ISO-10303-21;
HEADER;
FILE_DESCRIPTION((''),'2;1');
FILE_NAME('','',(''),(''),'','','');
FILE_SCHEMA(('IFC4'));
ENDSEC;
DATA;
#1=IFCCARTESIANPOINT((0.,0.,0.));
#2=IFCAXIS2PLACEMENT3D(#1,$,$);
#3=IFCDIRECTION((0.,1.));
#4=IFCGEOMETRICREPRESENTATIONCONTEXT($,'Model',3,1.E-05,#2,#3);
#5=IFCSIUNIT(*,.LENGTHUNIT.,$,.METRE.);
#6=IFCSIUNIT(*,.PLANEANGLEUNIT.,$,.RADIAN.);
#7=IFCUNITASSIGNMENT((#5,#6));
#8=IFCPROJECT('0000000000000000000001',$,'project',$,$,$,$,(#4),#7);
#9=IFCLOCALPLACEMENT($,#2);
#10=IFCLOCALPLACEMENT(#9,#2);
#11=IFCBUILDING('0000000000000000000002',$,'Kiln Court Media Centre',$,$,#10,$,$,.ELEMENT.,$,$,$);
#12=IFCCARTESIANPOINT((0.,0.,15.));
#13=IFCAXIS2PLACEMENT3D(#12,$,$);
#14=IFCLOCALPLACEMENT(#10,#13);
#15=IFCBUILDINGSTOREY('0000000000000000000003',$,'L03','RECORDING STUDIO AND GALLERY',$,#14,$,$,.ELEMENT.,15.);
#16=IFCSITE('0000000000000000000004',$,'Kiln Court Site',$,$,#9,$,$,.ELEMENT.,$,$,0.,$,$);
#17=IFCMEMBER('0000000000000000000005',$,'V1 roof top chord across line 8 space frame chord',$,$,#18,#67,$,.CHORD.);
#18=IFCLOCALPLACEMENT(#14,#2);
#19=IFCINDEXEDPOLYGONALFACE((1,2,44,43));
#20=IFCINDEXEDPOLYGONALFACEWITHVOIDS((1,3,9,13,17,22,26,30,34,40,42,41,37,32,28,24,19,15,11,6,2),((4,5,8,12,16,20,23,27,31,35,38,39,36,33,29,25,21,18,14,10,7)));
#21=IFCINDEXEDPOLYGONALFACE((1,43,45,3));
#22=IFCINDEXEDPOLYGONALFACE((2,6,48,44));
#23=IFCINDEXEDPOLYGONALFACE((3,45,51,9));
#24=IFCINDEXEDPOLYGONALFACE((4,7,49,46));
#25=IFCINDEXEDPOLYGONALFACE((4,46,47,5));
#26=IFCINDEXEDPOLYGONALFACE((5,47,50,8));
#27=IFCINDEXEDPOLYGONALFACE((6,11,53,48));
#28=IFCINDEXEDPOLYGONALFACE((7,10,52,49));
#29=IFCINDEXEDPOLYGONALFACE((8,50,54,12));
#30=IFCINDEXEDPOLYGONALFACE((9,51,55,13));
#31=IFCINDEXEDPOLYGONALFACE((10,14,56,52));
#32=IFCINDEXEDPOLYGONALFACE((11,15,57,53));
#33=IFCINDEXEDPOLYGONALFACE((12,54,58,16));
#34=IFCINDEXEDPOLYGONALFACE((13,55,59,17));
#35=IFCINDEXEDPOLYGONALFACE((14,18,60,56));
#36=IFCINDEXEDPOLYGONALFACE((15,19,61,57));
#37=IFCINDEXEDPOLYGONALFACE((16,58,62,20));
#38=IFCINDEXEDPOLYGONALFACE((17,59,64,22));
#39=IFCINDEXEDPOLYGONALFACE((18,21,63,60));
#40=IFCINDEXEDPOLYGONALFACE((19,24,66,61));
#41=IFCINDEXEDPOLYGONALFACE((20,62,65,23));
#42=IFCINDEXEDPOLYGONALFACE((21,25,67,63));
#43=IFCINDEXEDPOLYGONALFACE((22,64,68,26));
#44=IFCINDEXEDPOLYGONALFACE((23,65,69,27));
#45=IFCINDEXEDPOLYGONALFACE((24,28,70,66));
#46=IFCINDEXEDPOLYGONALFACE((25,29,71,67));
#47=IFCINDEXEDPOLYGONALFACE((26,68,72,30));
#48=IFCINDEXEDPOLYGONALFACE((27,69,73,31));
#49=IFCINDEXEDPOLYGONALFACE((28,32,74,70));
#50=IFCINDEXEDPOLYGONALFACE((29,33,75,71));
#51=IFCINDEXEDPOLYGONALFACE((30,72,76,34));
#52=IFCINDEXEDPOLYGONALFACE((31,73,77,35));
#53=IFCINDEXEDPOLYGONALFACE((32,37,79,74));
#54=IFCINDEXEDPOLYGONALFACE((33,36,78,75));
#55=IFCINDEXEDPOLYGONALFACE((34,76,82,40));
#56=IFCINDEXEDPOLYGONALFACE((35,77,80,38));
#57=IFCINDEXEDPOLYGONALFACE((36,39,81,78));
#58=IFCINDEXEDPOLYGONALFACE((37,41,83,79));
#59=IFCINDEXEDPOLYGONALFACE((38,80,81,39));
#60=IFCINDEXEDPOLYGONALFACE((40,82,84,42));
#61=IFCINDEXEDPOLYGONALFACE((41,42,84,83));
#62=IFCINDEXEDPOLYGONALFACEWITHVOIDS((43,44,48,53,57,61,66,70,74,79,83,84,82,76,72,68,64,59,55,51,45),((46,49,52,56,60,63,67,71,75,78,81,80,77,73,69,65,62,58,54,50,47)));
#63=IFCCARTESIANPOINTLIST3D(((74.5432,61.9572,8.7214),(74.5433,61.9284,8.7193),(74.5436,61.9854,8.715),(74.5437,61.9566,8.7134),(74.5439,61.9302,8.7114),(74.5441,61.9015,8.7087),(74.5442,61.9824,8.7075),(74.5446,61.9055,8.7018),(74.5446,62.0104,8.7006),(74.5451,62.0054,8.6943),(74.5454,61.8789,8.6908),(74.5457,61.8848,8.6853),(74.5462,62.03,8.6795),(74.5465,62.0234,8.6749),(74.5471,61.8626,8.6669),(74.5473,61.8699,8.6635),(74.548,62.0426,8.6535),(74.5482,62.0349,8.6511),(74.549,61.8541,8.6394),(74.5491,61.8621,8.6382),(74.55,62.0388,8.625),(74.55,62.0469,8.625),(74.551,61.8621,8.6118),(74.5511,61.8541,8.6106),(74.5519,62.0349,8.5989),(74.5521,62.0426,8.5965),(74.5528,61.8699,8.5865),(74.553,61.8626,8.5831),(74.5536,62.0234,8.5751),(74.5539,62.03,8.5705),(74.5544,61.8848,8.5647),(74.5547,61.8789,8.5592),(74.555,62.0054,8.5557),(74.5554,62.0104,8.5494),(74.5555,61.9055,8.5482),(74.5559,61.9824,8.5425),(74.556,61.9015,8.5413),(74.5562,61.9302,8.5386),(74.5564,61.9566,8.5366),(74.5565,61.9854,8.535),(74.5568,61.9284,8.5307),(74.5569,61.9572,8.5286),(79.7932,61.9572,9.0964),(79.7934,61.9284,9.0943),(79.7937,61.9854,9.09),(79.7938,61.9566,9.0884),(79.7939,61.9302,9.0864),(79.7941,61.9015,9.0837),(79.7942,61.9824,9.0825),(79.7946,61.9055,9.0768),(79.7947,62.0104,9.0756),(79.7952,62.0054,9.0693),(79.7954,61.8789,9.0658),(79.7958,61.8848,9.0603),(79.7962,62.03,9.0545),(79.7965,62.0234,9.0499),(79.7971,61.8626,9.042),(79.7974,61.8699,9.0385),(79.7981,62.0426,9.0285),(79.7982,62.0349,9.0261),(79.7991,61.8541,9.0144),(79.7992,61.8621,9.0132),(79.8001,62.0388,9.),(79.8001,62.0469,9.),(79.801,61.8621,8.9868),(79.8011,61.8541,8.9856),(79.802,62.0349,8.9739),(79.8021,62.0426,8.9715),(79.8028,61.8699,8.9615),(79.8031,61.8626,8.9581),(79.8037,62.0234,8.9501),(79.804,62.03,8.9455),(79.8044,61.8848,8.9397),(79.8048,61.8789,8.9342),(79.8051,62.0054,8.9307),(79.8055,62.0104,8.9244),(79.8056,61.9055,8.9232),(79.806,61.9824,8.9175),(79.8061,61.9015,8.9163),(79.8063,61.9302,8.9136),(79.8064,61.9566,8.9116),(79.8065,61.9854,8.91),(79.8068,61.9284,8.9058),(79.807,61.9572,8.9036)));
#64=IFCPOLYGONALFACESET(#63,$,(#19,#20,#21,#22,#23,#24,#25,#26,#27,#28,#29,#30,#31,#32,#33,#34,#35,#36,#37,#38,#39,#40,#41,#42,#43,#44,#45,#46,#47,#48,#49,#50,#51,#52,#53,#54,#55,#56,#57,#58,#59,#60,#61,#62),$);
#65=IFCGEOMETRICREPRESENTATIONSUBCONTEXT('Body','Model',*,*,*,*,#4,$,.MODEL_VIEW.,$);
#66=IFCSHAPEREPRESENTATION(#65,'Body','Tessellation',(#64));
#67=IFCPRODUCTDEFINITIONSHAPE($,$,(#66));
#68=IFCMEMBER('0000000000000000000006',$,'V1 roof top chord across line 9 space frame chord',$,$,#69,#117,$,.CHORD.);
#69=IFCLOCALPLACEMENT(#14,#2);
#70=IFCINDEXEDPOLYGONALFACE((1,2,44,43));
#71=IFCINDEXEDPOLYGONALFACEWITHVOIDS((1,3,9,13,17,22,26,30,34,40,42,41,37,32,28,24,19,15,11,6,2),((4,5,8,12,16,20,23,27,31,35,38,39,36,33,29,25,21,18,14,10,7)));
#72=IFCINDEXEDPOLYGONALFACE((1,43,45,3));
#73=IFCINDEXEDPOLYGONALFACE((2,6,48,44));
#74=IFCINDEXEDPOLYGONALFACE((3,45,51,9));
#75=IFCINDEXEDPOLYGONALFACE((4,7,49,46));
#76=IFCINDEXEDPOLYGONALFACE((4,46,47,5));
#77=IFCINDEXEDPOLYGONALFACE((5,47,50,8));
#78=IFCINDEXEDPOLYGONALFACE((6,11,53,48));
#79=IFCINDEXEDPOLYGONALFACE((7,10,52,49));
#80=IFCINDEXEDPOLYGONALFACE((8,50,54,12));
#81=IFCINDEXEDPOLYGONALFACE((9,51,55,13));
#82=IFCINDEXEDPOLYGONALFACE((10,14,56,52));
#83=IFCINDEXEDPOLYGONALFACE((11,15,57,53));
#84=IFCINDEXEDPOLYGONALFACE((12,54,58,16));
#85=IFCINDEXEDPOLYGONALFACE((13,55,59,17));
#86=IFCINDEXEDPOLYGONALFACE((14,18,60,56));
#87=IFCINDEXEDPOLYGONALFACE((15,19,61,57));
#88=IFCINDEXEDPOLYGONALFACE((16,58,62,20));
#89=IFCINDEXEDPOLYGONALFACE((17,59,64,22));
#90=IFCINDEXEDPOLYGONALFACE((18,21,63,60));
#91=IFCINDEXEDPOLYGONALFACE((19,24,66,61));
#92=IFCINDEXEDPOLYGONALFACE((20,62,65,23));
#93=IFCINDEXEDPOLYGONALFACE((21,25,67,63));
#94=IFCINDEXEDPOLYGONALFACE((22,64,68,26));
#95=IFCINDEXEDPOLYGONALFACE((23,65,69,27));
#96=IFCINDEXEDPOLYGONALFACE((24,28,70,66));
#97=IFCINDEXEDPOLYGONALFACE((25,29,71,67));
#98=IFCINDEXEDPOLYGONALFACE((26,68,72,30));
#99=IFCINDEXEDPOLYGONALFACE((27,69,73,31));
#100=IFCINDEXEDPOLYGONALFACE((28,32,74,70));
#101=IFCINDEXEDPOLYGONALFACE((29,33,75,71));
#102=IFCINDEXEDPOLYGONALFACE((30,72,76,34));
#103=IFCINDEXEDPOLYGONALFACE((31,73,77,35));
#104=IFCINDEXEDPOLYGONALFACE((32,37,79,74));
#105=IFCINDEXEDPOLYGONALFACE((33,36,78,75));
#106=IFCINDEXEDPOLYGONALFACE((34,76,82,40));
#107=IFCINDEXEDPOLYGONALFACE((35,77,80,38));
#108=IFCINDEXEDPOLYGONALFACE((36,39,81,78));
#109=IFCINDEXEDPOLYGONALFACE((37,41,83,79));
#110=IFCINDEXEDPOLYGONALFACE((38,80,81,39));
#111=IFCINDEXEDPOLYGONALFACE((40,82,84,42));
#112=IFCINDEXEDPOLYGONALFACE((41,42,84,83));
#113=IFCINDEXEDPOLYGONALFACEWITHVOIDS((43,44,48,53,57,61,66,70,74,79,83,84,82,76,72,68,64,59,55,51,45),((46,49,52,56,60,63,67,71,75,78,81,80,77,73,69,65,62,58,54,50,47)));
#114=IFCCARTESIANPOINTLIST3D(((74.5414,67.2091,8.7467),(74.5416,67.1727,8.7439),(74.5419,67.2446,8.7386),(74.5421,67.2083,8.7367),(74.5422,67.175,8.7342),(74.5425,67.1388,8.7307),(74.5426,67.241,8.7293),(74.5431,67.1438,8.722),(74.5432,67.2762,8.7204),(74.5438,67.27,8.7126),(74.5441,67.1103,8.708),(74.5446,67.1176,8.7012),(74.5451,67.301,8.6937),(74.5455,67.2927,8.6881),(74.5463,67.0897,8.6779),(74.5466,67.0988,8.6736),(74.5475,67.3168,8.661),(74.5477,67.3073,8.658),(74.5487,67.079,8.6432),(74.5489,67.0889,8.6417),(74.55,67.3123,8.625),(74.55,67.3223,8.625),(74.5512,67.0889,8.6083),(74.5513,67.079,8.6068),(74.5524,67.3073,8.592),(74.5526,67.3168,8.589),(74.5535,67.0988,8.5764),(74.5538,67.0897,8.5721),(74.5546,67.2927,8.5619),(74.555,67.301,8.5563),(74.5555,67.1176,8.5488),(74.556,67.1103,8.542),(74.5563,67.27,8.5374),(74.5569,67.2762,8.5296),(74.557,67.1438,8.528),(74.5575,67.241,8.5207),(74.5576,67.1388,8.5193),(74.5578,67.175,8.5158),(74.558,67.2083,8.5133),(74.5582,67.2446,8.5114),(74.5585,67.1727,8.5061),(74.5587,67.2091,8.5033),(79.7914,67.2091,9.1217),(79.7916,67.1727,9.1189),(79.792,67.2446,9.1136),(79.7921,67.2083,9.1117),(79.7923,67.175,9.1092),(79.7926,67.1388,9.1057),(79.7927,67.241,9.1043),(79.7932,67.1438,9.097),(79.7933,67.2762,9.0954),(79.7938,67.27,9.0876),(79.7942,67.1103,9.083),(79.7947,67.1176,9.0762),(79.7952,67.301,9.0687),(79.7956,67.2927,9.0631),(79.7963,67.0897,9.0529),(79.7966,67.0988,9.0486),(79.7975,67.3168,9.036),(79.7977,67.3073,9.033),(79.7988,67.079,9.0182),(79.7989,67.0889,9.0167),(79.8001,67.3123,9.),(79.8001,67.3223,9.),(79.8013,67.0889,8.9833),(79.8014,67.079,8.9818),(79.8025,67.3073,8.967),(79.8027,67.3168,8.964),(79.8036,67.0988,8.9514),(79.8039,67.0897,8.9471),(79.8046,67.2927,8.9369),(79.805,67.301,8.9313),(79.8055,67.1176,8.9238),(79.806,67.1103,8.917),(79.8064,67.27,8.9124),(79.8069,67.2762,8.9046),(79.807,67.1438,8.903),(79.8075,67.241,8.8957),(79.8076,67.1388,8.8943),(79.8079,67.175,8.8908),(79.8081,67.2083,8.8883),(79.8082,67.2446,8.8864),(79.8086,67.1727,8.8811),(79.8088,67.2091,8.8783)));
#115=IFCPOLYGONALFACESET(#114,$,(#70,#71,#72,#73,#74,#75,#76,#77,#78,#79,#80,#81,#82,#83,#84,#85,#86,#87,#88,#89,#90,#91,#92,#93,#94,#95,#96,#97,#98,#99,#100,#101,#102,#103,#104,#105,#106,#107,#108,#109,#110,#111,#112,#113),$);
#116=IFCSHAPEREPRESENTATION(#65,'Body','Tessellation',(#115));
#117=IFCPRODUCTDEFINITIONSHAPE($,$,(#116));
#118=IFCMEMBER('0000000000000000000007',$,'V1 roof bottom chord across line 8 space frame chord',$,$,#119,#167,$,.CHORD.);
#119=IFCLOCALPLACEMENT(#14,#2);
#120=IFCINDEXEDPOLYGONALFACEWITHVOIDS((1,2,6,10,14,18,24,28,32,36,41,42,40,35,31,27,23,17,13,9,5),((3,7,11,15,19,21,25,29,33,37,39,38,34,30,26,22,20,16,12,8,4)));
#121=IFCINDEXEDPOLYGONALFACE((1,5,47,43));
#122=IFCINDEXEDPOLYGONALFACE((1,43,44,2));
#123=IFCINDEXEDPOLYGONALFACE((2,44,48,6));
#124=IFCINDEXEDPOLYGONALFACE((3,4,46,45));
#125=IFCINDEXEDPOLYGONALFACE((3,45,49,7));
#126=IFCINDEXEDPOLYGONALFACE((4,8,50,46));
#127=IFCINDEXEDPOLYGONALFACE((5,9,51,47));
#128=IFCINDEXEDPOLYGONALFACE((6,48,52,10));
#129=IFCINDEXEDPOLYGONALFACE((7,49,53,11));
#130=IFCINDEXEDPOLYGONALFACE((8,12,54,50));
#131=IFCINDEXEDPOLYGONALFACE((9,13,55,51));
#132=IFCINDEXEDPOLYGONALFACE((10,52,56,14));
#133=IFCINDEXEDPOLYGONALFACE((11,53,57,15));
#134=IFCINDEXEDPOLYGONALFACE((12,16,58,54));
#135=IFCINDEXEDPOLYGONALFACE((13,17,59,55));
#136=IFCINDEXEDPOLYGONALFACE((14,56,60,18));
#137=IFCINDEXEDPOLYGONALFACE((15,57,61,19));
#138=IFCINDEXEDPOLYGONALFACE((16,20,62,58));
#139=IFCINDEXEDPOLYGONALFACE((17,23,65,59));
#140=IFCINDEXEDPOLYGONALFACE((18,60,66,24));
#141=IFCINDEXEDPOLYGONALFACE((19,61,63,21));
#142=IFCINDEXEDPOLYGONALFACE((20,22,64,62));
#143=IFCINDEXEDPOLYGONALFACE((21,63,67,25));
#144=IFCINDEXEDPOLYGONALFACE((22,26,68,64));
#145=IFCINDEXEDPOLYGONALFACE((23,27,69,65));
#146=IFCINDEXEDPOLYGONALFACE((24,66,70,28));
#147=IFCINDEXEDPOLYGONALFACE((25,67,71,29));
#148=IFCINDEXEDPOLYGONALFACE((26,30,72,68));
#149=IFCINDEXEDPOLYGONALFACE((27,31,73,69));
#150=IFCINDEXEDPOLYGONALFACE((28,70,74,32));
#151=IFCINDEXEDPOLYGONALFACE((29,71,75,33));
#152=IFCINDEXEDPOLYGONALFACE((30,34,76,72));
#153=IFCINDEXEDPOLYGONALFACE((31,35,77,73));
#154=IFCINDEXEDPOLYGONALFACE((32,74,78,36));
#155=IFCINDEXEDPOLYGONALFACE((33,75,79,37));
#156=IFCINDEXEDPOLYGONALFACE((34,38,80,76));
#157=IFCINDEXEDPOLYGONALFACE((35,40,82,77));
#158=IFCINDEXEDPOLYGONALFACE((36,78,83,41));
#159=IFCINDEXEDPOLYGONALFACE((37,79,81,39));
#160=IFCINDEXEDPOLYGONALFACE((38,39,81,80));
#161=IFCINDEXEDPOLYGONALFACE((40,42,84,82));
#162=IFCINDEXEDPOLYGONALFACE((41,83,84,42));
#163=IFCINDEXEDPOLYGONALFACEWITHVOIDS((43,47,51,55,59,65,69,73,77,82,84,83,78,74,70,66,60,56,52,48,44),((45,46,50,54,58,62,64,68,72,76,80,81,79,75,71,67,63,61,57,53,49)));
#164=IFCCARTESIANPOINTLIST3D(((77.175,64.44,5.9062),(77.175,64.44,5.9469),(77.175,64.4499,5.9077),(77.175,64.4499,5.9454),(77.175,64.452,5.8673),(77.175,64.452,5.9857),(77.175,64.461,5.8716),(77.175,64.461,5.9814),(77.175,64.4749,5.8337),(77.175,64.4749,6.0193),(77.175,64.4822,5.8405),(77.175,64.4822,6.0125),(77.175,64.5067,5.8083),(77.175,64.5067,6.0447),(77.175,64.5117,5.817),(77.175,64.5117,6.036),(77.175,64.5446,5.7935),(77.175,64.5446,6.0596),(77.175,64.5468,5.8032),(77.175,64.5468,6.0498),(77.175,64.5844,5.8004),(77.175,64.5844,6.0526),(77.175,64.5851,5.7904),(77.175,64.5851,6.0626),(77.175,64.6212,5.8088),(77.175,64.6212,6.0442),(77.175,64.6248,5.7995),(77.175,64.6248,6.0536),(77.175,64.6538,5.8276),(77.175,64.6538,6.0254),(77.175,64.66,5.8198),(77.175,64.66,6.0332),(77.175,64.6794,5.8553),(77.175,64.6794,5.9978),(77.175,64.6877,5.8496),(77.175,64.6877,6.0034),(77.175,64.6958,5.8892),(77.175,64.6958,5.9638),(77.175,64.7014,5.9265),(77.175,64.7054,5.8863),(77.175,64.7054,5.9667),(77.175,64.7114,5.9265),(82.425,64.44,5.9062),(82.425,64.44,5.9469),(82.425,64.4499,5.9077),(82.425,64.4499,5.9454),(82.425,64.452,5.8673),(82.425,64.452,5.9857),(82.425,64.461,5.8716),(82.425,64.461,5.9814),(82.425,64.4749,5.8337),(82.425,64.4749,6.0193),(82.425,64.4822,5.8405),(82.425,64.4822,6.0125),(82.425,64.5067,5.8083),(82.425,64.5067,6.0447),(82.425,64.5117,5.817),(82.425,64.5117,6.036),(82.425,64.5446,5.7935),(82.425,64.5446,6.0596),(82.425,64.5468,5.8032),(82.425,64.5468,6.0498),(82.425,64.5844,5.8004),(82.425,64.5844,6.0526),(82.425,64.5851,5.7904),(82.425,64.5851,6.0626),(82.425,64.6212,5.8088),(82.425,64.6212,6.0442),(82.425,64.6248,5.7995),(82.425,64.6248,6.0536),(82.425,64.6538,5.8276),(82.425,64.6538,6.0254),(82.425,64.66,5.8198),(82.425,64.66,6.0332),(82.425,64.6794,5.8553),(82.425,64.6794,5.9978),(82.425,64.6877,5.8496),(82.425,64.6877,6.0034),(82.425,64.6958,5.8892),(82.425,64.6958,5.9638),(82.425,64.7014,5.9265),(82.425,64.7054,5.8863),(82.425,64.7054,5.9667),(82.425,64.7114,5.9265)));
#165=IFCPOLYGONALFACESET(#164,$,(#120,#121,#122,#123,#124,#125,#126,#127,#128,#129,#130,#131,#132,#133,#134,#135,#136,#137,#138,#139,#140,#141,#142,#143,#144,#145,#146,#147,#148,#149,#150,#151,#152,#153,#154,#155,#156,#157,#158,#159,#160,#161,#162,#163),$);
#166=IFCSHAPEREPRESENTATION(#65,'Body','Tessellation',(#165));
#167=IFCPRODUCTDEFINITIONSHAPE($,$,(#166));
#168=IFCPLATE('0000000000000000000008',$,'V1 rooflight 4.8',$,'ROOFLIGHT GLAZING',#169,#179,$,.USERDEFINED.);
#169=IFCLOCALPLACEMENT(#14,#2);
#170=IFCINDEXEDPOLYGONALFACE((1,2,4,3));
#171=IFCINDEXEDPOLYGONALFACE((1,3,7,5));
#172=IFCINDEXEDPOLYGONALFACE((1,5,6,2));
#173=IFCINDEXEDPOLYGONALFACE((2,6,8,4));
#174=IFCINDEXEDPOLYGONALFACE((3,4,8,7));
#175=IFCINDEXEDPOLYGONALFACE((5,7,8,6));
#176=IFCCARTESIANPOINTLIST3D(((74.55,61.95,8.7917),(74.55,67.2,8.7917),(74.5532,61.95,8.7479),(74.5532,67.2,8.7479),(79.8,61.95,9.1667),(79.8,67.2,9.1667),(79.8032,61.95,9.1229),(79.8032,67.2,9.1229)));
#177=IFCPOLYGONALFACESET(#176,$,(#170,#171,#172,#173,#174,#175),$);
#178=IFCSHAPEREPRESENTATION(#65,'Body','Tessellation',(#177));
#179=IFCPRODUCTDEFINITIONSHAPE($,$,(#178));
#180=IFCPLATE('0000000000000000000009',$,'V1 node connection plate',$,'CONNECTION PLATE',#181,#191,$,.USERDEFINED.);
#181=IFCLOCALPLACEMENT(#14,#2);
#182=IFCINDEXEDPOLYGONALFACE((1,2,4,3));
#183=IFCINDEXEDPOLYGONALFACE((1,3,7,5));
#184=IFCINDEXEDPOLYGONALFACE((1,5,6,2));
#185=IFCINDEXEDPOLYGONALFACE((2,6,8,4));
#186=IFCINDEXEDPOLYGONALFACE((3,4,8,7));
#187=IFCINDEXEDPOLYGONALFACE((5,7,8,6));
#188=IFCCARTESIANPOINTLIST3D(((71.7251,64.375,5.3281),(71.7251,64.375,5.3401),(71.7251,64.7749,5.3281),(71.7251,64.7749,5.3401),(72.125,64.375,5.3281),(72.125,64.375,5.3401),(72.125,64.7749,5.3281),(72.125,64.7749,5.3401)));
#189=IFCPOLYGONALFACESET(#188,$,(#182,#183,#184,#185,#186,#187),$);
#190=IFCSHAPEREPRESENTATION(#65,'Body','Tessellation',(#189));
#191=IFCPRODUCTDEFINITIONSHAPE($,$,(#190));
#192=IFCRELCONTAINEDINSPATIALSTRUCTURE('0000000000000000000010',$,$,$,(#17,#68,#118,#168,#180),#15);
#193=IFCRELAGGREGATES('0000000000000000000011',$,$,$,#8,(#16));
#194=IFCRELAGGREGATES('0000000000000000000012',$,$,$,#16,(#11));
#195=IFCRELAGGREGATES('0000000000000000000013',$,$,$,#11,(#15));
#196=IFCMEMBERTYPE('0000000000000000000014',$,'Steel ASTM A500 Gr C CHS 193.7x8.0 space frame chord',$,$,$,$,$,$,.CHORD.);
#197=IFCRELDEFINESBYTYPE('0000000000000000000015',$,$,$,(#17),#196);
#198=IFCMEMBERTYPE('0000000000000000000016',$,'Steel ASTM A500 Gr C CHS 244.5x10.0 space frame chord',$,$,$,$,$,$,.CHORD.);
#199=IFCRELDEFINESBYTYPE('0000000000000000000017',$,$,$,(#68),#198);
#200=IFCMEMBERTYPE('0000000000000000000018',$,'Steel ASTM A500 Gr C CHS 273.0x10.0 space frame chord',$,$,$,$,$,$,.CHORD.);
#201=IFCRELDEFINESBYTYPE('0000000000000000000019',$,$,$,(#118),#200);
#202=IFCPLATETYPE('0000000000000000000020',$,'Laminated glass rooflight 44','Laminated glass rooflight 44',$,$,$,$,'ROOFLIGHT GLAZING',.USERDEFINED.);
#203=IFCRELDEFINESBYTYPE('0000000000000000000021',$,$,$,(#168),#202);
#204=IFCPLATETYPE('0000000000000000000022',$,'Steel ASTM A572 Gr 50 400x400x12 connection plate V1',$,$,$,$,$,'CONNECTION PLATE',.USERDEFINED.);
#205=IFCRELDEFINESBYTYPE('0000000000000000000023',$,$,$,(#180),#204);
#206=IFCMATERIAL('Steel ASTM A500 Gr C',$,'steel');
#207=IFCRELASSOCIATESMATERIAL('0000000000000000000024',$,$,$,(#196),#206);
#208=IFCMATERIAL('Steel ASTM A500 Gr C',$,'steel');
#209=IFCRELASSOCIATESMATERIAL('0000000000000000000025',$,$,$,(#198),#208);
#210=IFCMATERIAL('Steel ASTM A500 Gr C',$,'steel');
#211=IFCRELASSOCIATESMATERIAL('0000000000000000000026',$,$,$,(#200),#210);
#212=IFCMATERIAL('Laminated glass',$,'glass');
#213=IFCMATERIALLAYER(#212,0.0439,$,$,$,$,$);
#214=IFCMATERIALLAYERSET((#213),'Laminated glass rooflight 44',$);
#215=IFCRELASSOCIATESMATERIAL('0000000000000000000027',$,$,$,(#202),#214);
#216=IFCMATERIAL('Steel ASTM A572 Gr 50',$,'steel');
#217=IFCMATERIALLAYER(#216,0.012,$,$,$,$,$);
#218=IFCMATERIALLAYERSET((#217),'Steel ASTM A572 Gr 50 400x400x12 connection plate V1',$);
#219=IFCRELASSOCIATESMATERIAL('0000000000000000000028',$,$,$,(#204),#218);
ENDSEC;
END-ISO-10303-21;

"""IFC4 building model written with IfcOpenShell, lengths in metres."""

from ifc_helpers import new_model, si_unit, direction, frame, origin, origin_2d, place, context, subcontext, project, spatial, polyline, rectangle, hollow_circle, outline, extrude, material, layer, layer_set, material_profile, profile_set, type_object, element, save


model = new_model("IFC4")

# Units and contexts
model_context = context("Model", 3, precision=1e-05, world=origin(), true_north=direction((0.0, 1.0)))
body_context = subcontext(model_context, "Body", "Model", "MODEL_VIEW")
ifc_project = project(units=[si_unit("LENGTHUNIT", "METRE"), si_unit("PLANEANGLEUNIT", "RADIAN")], contexts=[model_context])

# Site, building, storey
site_placement = place(None, origin())
site = spatial("IfcSite", under=ifc_project, at=site_placement, Name="Kiln Court Site", CompositionType="ELEMENT", RefElevation=0.0)
building_placement = place(site_placement, origin())
building = spatial("IfcBuilding", under=site, at=building_placement, Name="Kiln Court Media Centre", CompositionType="ELEMENT")
storey_placement = place(building_placement, frame((0.0, 0.0, 15.0)))
storey = spatial("IfcBuildingStorey", under=building, at=storey_placement, Name="L03", Description="RECORDING STUDIO AND GALLERY", CompositionType="ELEMENT", Elevation=15.0)

# Members
ifc_material_1 = material(Name="Steel ASTM A500 Gr C", Category="steel")
ifc_material_profile_1 = material_profile(ifc_material_1, hollow_circle(Radius=0.0969, WallThickness=0.0081, at=origin_2d()), Name="CHS 193.7x8.0")
ifc_profile_set_1 = profile_set([ifc_material_profile_1], Name="Steel ASTM A500 Gr C")
member_type_1 = type_object("IfcMemberType", Name="Steel ASTM A500 Gr C CHS 193.7x8.0 space frame chord", PredefinedType="CHORD", material=ifc_profile_set_1)
member_1_placement = place(storey_placement, frame((74.55, 61.95, 8.625), z_axis=(0.997459, 0.0, 0.071247), x_axis=(0.0, 1.0, 0.0)))
element("IfcMember", 1, at=member_1_placement, inside=storey, type_object=member_type_1, Name="V1 roof top chord across line 8 space frame chord", PredefinedType="CHORD", context=body_context, shape_type="SweptSolid", body=[
    extrude(hollow_circle(Radius=0.0969, WallThickness=0.0081, at=origin_2d()), origin(), (0.0, 0.0, 1.0), 5.2634),
])
ifc_material_2 = material(Name="Steel ASTM A500 Gr C", Category="steel")
ifc_material_profile_2 = material_profile(ifc_material_2, hollow_circle(Radius=0.1223, WallThickness=0.01, at=origin_2d()), Name="CHS 244.5x10.0")
ifc_profile_set_2 = profile_set([ifc_material_profile_2], Name="Steel ASTM A500 Gr C")
member_type_2 = type_object("IfcMemberType", Name="Steel ASTM A500 Gr C CHS 244.5x10.0 space frame chord", PredefinedType="CHORD", material=ifc_profile_set_2)
member_2_placement = place(storey_placement, frame((74.55, 67.2, 8.625), z_axis=(0.997459, 0.0, 0.071247), x_axis=(0.0, 1.0, 0.0)))
element("IfcMember", 2, at=member_2_placement, inside=storey, type_object=member_type_2, Name="V1 roof top chord across line 9 space frame chord", PredefinedType="CHORD", context=body_context, shape_type="SweptSolid", body=[
    extrude(hollow_circle(Radius=0.1223, WallThickness=0.01, at=origin_2d()), origin(), (0.0, 0.0, 1.0), 5.2634),
])
ifc_material_3 = material(Name="Steel ASTM A500 Gr C", Category="steel")
ifc_material_profile_3 = material_profile(ifc_material_3, hollow_circle(Radius=0.1365, WallThickness=0.01, at=origin_2d()), Name="CHS 273.0x10.0")
ifc_profile_set_3 = profile_set([ifc_material_profile_3], Name="Steel ASTM A500 Gr C")
member_type_3 = type_object("IfcMemberType", Name="Steel ASTM A500 Gr C CHS 273.0x10.0 space frame chord", PredefinedType="CHORD", material=ifc_profile_set_3)
member_3_placement = place(storey_placement, frame((77.175, 64.575, 5.9265), z_axis=(1.0, 0.0, 0.0), x_axis=(0.0, 1.0, 0.0)))
element("IfcMember", 3, at=member_3_placement, inside=storey, type_object=member_type_3, Name="V1 roof bottom chord across line 8 space frame chord", PredefinedType="CHORD", context=body_context, shape_type="SweptSolid", body=[
    extrude(hollow_circle(Radius=0.1365, WallThickness=0.01, at=origin_2d()), origin(), (0.0, 0.0, 1.0), 5.25),
])

# Plates
ifc_material_4 = material(Name="Laminated glass", Category="glass")
ifc_layer_1 = layer(ifc_material_4, 0.0439)
ifc_layer_set_1 = layer_set([ifc_layer_1], Name="Laminated glass rooflight 44")
plate_type_1 = type_object("IfcPlateType", Name="Laminated glass rooflight 44", Description="Laminated glass rooflight 44", ElementType="ROOFLIGHT GLAZING", PredefinedType="USERDEFINED", material=ifc_layer_set_1)
plate_placement = place(storey_placement, frame((74.55, 61.95, 8.7917), z_axis=(-0.071247, 0.0, 0.997459), x_axis=(0.997459, 0.0, 0.071247)))
element("IfcPlate", 4, at=plate_placement, inside=storey, type_object=plate_type_1, Name="V1 rooflight 4.8", ObjectType="ROOFLIGHT GLAZING", PredefinedType="USERDEFINED", context=body_context, shape_type="SweptSolid", body=[
    extrude(outline(polyline([(0.0, 0.0), (5.2634, 0.0), (5.2634, 5.25), (0.0, 5.25), (0.0, 0.0)])), origin(), (0.0, 0.0, -1.0), 0.0439),
])
ifc_material_5 = material(Name="Steel ASTM A572 Gr 50", Category="steel")
ifc_layer_2 = layer(ifc_material_5, 0.012)
ifc_layer_set_2 = layer_set([ifc_layer_2], Name="Steel ASTM A572 Gr 50 400x400x12 connection plate V1")
plate_type_2 = type_object("IfcPlateType", Name="Steel ASTM A572 Gr 50 400x400x12 connection plate V1", ElementType="CONNECTION PLATE", PredefinedType="USERDEFINED", material=ifc_layer_set_2)
for number, where, z_axis, x_axis, name in (
    (5, (71.925, 64.575, 5.3281), (0.0, 0.0, 1.0), (1.0, 0.0, 0.0), "V1 node connection plate"),
):
    element("IfcPlate", number, at=place(storey_placement, frame(where, z_axis=z_axis, x_axis=x_axis)), inside=storey, type_object=plate_type_2, Name=name, ObjectType="CONNECTION PLATE", PredefinedType="USERDEFINED", context=body_context, shape_type="SweptSolid", body=[
        extrude(rectangle(XDim=0.3999, YDim=0.3999, at=origin_2d()), origin(), (0.0, 0.0, 1.0), 0.012),
    ])

save(model, "model.ifc")
